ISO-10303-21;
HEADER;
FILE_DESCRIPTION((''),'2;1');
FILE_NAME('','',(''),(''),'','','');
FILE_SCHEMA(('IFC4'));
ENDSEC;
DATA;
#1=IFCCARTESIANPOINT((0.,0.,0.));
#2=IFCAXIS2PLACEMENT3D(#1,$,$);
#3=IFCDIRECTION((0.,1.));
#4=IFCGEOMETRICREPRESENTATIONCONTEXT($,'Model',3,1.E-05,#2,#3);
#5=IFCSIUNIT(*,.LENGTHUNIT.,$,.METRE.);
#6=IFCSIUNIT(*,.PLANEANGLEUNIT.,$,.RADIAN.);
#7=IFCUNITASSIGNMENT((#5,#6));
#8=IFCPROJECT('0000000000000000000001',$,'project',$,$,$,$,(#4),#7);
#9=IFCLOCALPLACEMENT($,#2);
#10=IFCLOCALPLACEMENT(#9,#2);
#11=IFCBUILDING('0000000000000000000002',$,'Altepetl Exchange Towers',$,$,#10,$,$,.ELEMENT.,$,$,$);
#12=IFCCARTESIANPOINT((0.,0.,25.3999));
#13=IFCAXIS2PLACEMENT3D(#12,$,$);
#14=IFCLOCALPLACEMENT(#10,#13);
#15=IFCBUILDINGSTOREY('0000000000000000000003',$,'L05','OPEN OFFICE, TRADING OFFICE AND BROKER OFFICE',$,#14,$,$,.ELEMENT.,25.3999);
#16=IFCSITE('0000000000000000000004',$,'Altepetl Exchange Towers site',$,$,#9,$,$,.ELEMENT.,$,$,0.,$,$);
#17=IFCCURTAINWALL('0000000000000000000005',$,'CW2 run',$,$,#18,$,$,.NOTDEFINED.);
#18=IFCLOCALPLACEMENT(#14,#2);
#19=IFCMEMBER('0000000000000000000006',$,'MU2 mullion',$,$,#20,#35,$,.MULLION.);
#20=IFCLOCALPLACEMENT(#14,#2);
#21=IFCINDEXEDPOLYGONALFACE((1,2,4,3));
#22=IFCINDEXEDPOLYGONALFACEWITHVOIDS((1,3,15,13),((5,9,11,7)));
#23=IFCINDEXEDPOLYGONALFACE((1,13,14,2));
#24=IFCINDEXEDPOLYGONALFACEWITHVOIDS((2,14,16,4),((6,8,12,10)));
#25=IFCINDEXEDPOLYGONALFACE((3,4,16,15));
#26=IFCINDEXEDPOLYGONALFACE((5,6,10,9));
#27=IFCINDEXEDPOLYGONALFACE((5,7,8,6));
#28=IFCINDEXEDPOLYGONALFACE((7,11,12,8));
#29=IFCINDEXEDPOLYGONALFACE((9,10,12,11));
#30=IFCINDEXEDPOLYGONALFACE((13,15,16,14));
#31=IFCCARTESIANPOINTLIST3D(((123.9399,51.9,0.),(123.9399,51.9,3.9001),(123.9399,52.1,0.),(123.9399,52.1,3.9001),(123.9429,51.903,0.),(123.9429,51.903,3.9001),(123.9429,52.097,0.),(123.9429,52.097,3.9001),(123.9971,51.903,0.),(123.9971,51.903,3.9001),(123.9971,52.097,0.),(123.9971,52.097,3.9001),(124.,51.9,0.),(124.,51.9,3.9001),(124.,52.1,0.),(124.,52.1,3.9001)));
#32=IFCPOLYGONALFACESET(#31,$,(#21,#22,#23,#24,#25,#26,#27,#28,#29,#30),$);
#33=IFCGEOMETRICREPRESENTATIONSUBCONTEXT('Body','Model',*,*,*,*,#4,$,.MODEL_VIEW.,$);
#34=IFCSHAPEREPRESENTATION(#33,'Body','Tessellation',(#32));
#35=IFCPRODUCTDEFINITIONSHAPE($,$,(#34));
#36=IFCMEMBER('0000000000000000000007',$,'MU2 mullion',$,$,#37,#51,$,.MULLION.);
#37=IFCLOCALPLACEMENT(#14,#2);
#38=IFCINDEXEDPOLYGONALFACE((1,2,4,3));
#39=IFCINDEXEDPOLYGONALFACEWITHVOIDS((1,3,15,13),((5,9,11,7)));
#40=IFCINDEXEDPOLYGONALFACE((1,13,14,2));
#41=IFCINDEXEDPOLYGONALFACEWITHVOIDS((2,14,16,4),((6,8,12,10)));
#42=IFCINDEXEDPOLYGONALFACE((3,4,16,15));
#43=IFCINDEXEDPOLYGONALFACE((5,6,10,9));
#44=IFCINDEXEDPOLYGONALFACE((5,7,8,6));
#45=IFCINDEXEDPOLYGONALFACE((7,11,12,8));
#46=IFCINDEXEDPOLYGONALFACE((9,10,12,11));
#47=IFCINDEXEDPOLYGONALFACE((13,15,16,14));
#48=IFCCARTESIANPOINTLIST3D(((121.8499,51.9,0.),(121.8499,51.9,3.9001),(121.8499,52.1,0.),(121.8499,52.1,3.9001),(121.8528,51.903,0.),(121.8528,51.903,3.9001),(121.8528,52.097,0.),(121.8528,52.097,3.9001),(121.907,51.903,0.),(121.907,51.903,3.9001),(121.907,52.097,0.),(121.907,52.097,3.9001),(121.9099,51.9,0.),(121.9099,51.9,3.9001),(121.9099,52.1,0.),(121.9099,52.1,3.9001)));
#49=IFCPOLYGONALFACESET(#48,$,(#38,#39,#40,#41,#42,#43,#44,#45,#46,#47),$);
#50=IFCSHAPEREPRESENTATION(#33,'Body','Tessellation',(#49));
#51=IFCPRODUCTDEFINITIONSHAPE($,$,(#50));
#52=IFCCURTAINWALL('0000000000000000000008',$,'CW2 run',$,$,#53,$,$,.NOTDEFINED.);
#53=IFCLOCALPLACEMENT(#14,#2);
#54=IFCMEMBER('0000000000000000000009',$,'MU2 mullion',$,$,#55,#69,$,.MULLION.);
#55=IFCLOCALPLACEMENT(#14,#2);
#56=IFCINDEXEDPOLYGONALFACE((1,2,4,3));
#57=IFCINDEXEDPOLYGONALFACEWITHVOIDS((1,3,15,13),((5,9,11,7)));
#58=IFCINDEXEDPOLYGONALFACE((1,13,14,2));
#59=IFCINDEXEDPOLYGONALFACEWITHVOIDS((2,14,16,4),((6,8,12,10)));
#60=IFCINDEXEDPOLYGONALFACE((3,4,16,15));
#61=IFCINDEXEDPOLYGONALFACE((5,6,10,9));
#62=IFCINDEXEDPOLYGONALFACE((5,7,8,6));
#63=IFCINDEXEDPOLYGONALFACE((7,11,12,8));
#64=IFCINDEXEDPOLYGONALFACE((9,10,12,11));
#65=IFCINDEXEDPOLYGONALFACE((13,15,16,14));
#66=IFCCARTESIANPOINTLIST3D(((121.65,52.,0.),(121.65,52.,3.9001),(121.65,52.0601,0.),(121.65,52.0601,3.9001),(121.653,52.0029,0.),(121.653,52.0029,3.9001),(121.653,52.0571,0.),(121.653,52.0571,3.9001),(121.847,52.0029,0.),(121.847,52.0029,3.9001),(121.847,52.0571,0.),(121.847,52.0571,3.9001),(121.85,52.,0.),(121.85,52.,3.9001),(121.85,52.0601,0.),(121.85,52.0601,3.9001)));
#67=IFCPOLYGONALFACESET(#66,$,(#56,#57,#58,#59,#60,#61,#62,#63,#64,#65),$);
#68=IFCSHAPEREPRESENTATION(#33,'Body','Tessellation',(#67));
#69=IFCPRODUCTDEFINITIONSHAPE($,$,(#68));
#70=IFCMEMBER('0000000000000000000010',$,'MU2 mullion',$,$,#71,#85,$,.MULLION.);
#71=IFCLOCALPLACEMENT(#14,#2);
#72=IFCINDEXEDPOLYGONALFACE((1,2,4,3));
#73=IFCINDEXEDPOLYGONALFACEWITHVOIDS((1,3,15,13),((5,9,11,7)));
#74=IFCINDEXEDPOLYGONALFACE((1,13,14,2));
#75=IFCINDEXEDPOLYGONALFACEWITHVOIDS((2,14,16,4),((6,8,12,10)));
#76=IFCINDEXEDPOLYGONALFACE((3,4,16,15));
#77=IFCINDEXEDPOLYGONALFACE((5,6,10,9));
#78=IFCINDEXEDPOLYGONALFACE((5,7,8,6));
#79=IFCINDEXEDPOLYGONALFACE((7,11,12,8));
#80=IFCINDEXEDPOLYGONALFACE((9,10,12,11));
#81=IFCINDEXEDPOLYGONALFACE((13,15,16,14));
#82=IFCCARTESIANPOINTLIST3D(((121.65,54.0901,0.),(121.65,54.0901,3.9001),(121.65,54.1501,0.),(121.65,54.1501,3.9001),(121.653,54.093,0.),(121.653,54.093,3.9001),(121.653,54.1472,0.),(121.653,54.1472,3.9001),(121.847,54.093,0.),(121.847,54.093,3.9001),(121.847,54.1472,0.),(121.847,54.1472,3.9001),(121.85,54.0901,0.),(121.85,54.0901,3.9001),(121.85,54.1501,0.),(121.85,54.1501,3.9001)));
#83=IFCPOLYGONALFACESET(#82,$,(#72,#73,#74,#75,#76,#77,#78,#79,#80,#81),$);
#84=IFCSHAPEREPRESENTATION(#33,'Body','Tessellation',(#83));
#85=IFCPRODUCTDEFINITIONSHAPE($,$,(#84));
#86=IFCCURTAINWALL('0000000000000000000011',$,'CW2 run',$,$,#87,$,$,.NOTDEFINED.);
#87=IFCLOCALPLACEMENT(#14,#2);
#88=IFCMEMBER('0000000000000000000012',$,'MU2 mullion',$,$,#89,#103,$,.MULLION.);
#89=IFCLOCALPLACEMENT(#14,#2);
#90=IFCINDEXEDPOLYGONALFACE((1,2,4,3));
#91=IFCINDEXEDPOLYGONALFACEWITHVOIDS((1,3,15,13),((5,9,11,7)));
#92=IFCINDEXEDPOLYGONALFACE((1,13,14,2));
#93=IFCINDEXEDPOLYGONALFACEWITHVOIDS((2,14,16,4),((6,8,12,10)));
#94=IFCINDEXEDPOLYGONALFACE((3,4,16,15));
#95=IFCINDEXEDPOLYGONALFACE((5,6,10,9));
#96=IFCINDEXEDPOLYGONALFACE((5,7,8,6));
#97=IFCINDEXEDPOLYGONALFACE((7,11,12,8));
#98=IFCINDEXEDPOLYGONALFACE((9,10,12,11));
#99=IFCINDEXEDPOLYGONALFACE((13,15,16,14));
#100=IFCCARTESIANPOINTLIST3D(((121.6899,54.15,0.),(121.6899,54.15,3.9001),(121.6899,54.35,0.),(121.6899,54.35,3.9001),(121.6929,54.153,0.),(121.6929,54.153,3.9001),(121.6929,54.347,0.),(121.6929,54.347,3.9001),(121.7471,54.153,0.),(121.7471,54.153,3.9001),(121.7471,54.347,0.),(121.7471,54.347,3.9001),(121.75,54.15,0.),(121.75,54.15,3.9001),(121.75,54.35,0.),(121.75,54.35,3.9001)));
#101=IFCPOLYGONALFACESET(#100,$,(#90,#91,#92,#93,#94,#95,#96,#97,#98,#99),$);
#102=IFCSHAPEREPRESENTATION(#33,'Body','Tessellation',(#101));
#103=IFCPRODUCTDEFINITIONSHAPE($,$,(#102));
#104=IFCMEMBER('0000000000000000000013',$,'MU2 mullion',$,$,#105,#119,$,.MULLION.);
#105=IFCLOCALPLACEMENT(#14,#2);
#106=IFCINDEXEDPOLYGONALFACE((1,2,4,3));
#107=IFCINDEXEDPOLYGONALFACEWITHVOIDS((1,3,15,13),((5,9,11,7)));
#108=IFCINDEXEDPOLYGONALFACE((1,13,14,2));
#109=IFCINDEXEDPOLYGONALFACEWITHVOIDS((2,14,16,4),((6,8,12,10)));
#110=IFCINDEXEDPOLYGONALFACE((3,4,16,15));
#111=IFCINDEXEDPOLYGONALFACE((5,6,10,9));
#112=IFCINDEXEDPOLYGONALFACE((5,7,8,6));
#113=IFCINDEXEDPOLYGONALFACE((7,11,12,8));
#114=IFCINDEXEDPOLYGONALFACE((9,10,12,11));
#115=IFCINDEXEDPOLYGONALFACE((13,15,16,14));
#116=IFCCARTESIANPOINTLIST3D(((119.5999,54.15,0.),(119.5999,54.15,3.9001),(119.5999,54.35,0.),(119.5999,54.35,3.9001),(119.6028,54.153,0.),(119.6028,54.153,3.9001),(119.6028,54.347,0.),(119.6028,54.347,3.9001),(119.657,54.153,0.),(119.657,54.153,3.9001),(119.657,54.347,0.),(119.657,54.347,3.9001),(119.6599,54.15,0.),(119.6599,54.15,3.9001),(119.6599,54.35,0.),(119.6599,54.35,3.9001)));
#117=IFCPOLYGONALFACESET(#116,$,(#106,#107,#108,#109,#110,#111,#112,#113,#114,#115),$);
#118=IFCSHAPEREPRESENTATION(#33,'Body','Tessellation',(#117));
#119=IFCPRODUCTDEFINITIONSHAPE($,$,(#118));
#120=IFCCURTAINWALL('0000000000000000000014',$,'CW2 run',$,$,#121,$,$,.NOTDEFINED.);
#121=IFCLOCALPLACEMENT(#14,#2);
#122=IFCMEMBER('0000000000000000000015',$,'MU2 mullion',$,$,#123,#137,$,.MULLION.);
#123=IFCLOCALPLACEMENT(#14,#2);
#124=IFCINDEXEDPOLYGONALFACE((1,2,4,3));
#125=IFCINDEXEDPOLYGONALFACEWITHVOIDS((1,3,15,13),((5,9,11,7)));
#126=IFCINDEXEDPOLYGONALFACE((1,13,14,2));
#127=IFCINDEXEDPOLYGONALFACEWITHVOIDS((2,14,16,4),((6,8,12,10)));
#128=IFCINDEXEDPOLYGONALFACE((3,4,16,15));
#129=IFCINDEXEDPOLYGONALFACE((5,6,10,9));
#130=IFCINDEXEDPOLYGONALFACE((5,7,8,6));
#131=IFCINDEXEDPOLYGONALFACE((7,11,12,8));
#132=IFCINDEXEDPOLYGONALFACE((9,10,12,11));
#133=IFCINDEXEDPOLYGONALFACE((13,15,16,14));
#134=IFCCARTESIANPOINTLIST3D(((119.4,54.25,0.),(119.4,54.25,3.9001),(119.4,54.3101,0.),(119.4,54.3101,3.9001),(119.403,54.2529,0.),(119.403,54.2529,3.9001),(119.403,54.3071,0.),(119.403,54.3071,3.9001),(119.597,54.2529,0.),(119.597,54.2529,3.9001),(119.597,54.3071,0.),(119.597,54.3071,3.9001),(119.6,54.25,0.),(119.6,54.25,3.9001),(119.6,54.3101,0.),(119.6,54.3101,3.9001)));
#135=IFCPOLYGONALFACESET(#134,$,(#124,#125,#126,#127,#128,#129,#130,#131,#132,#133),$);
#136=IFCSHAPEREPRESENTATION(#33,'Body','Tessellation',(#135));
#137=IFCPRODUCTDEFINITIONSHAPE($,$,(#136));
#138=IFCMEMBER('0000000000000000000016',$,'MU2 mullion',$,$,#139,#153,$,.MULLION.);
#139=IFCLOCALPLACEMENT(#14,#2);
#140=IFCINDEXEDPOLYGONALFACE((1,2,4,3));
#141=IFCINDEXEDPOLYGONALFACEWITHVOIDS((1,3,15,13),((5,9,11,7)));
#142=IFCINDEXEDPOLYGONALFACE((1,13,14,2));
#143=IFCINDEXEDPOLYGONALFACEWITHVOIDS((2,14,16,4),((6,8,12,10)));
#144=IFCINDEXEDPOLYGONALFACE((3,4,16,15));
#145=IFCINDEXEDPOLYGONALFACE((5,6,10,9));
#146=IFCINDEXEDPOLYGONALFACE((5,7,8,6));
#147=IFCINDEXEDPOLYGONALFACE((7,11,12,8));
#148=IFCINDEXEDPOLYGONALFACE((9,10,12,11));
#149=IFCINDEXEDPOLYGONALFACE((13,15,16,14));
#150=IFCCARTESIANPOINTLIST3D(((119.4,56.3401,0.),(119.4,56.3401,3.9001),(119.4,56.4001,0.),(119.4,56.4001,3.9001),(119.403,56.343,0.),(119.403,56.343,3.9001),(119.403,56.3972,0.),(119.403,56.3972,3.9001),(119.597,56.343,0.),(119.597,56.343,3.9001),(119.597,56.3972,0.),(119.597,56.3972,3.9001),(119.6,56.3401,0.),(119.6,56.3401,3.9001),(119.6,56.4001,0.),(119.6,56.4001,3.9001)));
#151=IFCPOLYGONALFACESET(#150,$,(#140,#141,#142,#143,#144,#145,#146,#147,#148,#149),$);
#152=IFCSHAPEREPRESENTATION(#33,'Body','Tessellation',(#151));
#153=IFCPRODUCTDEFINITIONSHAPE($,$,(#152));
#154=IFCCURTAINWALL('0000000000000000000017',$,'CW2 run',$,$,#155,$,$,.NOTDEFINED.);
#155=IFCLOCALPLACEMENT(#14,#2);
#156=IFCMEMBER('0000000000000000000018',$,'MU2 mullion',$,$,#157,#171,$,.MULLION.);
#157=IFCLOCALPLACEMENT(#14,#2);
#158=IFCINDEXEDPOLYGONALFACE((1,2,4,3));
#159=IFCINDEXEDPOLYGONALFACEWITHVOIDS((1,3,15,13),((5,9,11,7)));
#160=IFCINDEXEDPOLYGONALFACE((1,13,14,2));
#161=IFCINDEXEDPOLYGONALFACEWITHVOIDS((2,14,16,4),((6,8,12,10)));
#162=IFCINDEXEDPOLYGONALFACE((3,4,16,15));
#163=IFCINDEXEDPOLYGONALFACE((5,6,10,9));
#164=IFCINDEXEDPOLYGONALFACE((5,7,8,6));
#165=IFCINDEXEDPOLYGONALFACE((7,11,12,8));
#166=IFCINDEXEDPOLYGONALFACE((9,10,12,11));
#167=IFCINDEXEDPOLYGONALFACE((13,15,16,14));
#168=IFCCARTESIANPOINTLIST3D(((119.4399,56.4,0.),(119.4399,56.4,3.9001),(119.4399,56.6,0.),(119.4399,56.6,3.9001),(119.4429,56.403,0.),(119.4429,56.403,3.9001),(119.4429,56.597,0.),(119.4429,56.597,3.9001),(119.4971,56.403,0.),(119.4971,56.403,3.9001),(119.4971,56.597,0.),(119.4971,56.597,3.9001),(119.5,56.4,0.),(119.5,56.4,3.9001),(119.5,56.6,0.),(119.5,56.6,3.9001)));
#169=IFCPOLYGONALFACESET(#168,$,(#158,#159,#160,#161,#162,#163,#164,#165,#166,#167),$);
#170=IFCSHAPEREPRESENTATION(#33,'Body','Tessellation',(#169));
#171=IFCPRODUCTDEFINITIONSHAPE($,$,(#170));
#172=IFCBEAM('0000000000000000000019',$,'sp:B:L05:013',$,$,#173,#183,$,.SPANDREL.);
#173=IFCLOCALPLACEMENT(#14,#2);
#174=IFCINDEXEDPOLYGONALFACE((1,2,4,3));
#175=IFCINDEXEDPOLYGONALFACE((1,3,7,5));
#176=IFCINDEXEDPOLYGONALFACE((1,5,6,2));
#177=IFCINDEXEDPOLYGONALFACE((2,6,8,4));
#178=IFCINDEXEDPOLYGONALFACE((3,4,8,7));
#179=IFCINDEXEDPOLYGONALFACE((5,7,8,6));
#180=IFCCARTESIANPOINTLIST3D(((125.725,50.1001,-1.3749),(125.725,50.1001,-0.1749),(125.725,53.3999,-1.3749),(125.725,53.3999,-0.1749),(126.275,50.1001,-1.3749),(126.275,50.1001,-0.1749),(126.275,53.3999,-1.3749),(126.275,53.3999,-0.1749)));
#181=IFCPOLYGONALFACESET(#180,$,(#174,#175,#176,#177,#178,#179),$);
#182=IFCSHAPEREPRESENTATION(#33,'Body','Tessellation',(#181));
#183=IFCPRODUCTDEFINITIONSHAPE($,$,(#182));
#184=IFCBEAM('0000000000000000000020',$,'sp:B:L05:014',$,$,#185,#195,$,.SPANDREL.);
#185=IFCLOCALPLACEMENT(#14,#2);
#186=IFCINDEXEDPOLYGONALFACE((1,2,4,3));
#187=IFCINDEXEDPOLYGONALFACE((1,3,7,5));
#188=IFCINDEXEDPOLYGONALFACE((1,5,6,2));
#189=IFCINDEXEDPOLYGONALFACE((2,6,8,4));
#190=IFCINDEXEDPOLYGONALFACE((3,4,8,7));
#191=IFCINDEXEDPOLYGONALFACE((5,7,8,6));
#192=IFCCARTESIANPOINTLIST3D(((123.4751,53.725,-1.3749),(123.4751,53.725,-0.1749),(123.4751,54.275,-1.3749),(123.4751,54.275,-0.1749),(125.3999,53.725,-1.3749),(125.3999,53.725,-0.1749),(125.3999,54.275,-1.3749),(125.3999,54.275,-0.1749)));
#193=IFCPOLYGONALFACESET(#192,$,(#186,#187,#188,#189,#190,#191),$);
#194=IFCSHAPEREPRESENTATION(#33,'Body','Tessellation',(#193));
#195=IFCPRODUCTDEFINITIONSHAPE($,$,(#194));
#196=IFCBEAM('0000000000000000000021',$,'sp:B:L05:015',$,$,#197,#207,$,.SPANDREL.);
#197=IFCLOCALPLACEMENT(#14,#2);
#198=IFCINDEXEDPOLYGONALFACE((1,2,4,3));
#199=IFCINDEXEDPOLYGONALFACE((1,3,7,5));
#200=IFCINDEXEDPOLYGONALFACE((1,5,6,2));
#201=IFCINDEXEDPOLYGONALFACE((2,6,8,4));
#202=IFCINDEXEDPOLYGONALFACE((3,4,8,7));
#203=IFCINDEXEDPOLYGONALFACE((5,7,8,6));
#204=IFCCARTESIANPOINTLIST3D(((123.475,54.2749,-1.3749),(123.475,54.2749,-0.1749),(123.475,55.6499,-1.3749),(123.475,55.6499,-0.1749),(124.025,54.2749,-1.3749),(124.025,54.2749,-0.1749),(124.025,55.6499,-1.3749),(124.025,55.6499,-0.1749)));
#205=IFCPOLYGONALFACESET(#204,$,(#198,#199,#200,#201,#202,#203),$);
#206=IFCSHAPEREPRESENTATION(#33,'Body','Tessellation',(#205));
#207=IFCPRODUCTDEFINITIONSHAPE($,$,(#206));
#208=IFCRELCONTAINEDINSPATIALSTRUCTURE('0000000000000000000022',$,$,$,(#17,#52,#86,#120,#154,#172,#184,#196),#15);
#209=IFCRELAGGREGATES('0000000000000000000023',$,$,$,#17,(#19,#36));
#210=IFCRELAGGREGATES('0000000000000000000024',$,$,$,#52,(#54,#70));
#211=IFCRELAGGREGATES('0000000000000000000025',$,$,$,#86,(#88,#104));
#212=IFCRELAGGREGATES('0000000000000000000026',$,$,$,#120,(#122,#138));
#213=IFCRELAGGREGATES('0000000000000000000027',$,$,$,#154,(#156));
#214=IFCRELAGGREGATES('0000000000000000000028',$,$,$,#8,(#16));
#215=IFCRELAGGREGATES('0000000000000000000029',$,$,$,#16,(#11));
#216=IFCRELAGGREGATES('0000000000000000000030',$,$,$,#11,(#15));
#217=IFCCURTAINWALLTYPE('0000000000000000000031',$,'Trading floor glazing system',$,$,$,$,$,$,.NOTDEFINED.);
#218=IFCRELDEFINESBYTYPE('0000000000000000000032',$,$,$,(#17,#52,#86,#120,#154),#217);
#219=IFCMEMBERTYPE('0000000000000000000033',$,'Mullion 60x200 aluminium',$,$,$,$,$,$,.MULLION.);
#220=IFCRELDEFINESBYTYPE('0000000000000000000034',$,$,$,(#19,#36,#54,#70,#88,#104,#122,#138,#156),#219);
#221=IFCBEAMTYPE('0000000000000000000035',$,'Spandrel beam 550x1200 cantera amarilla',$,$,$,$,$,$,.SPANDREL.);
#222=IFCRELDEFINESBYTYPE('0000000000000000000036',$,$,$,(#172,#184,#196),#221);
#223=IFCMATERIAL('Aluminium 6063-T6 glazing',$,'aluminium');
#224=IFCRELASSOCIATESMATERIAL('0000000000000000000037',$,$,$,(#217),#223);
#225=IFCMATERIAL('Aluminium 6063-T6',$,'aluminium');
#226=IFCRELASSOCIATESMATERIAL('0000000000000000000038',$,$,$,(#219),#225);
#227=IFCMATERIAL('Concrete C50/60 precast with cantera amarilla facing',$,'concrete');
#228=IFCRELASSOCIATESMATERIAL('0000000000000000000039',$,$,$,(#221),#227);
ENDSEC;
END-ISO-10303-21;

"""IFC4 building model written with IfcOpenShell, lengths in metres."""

from ifc_helpers import new_model, si_unit, direction, frame, origin, origin_2d, place, context, subcontext, project, spatial, rectangle, hollow_rectangle, extrude, material, material_profile, profile_set, type_object, element, aggregate, save


model = new_model("IFC4")

# Units and contexts
model_context = context("Model", 3, precision=1e-05, world=origin(), true_north=direction((0.0, 1.0)))
body_context = subcontext(model_context, "Body", "Model", "MODEL_VIEW")
ifc_project = project(units=[si_unit("LENGTHUNIT", "METRE"), si_unit("PLANEANGLEUNIT", "RADIAN")], contexts=[model_context])

# Site, building, storey
site_placement = place(None, origin())
site = spatial("IfcSite", under=ifc_project, at=site_placement, Name="Altepetl Exchange Towers site", CompositionType="ELEMENT", RefElevation=0.0)
building_placement = place(site_placement, origin())
building = spatial("IfcBuilding", under=site, at=building_placement, Name="Altepetl Exchange Towers", CompositionType="ELEMENT")
storey_placement = place(building_placement, frame((0.0, 0.0, 25.3999)))
storey = spatial("IfcBuildingStorey", under=building, at=storey_placement, Name="L05", Description="OPEN OFFICE, TRADING OFFICE AND BROKER OFFICE", CompositionType="ELEMENT", Elevation=25.3999)

# Curtain walls, members
ifc_material_1 = material(Name="Aluminium 6063-T6 glazing", Category="aluminium")
curtain_wall_type = type_object("IfcCurtainWallType", Name="Trading floor glazing system", PredefinedType="NOTDEFINED", material=ifc_material_1)
ifc_material_2 = material(Name="Aluminium 6063-T6", Category="aluminium")
ifc_material_profile_1 = material_profile(ifc_material_2, hollow_rectangle(XDim=0.0601, YDim=0.2, WallThickness=0.0029, at=origin_2d()), Name="Mullion 60x200 aluminium")
ifc_profile_set_1 = profile_set([ifc_material_profile_1], Name="Aluminium 6063-T6")
member_type = type_object("IfcMemberType", Name="Mullion 60x200 aluminium", PredefinedType="MULLION", material=ifc_profile_set_1)
curtain_wall_1_placement = place(storey_placement, origin())
curtain_wall_1 = element("IfcCurtainWall", 1, at=curtain_wall_1_placement, inside=storey, type_object=curtain_wall_type, Name="CW2 run", PredefinedType="NOTDEFINED")
member_1_placement = place(storey_placement, frame((123.97, 52.0, 0.0), z_axis=(0.0, 0.0, 1.0), x_axis=(-1.0, 0.0, 0.0)))
member_1 = element("IfcMember", 2, at=member_1_placement, type_object=member_type, Name="MU2 mullion", PredefinedType="MULLION", context=body_context, shape_type="SweptSolid", body=[
    extrude(hollow_rectangle(XDim=0.0601, YDim=0.2, WallThickness=0.0029, at=origin_2d()), origin(), (0.0, 0.0, 1.0), 3.9001),
])
member_2_placement = place(storey_placement, frame((121.8799, 52.0, 0.0), z_axis=(0.0, 0.0, 1.0), x_axis=(-1.0, 0.0, 0.0)))
member_2 = element("IfcMember", 3, at=member_2_placement, type_object=member_type, Name="MU2 mullion", PredefinedType="MULLION", context=body_context, shape_type="SweptSolid", body=[
    extrude(hollow_rectangle(XDim=0.0601, YDim=0.2, WallThickness=0.0029, at=origin_2d()), origin(), (0.0, 0.0, 1.0), 3.9001),
])
curtain_wall_2_placement = place(storey_placement, origin())
curtain_wall_2 = element("IfcCurtainWall", 4, at=curtain_wall_2_placement, inside=storey, type_object=curtain_wall_type, Name="CW2 run", PredefinedType="NOTDEFINED")
member_3_placement = place(storey_placement, frame((121.75, 52.03, 0.0), z_axis=(0.0, 0.0, 1.0), x_axis=(0.0, 1.0, 0.0)))
member_3 = element("IfcMember", 5, at=member_3_placement, type_object=member_type, Name="MU2 mullion", PredefinedType="MULLION", context=body_context, shape_type="SweptSolid", body=[
    extrude(hollow_rectangle(XDim=0.0601, YDim=0.2, WallThickness=0.0029, at=origin_2d()), origin(), (0.0, 0.0, 1.0), 3.9001),
])
member_4_placement = place(storey_placement, frame((121.75, 54.1201, 0.0), z_axis=(0.0, 0.0, 1.0), x_axis=(0.0, 1.0, 0.0)))
member_4 = element("IfcMember", 6, at=member_4_placement, type_object=member_type, Name="MU2 mullion", PredefinedType="MULLION", context=body_context, shape_type="SweptSolid", body=[
    extrude(hollow_rectangle(XDim=0.0601, YDim=0.2, WallThickness=0.0029, at=origin_2d()), origin(), (0.0, 0.0, 1.0), 3.9001),
])
curtain_wall_3_placement = place(storey_placement, origin())
curtain_wall_3 = element("IfcCurtainWall", 7, at=curtain_wall_3_placement, inside=storey, type_object=curtain_wall_type, Name="CW2 run", PredefinedType="NOTDEFINED")
member_5_placement = place(storey_placement, frame((121.72, 54.25, 0.0), z_axis=(0.0, 0.0, 1.0), x_axis=(-1.0, 0.0, 0.0)))
member_5 = element("IfcMember", 8, at=member_5_placement, type_object=member_type, Name="MU2 mullion", PredefinedType="MULLION", context=body_context, shape_type="SweptSolid", body=[
    extrude(hollow_rectangle(XDim=0.0601, YDim=0.2, WallThickness=0.0029, at=origin_2d()), origin(), (0.0, 0.0, 1.0), 3.9001),
])
member_6_placement = place(storey_placement, frame((119.6299, 54.25, 0.0), z_axis=(0.0, 0.0, 1.0), x_axis=(-1.0, 0.0, 0.0)))
member_6 = element("IfcMember", 9, at=member_6_placement, type_object=member_type, Name="MU2 mullion", PredefinedType="MULLION", context=body_context, shape_type="SweptSolid", body=[
    extrude(hollow_rectangle(XDim=0.0601, YDim=0.2, WallThickness=0.0029, at=origin_2d()), origin(), (0.0, 0.0, 1.0), 3.9001),
])
curtain_wall_4_placement = place(storey_placement, origin())
curtain_wall_4 = element("IfcCurtainWall", 10, at=curtain_wall_4_placement, inside=storey, type_object=curtain_wall_type, Name="CW2 run", PredefinedType="NOTDEFINED")
member_7_placement = place(storey_placement, frame((119.5, 54.28, 0.0), z_axis=(0.0, 0.0, 1.0), x_axis=(0.0, 1.0, 0.0)))
member_7 = element("IfcMember", 11, at=member_7_placement, type_object=member_type, Name="MU2 mullion", PredefinedType="MULLION", context=body_context, shape_type="SweptSolid", body=[
    extrude(hollow_rectangle(XDim=0.0601, YDim=0.2, WallThickness=0.0029, at=origin_2d()), origin(), (0.0, 0.0, 1.0), 3.9001),
])
member_8_placement = place(storey_placement, frame((119.5, 56.3701, 0.0), z_axis=(0.0, 0.0, 1.0), x_axis=(0.0, 1.0, 0.0)))
member_8 = element("IfcMember", 12, at=member_8_placement, type_object=member_type, Name="MU2 mullion", PredefinedType="MULLION", context=body_context, shape_type="SweptSolid", body=[
    extrude(hollow_rectangle(XDim=0.0601, YDim=0.2, WallThickness=0.0029, at=origin_2d()), origin(), (0.0, 0.0, 1.0), 3.9001),
])

# Curtain wall, member
curtain_wall_5_placement = place(storey_placement, origin())
curtain_wall_5 = element("IfcCurtainWall", 13, at=curtain_wall_5_placement, inside=storey, type_object=curtain_wall_type, Name="CW2 run", PredefinedType="NOTDEFINED")
member_9_placement = place(storey_placement, frame((119.47, 56.5, 0.0), z_axis=(0.0, 0.0, 1.0), x_axis=(-1.0, 0.0, 0.0)))
member_9 = element("IfcMember", 14, at=member_9_placement, type_object=member_type, Name="MU2 mullion", PredefinedType="MULLION", context=body_context, shape_type="SweptSolid", body=[
    extrude(hollow_rectangle(XDim=0.0601, YDim=0.2, WallThickness=0.0029, at=origin_2d()), origin(), (0.0, 0.0, 1.0), 3.9001),
])

# Beams
ifc_material_3 = material(Name="Concrete C50/60 precast with cantera amarilla facing", Category="concrete")
ifc_material_profile_2 = material_profile(ifc_material_3, rectangle(XDim=0.55, YDim=1.2, at=origin_2d()), Name="550 x 1200")
ifc_profile_set_2 = profile_set([ifc_material_profile_2], Name="Concrete C50/60 precast with cantera amarilla facing")
beam_type_1 = type_object("IfcBeamType", Name="Spandrel beam 550x1200 cantera amarilla", PredefinedType="SPANDREL", material=ifc_profile_set_2)
beam_1_placement = place(storey_placement, frame((126.0, 50.1001, -0.7749), z_axis=(0.0, 1.0, 0.0), x_axis=(-1.0, 0.0, 0.0)))
element("IfcBeam", 15, at=beam_1_placement, inside=storey, type_object=beam_type_1, Name="sp:B:L05:013", PredefinedType="SPANDREL", context=body_context, shape_type="SweptSolid", body=[
    extrude(rectangle(XDim=0.55, YDim=1.2, at=origin_2d()), origin(), (0.0, 0.0, 1.0), 3.2998),
])
beam_2_placement = place(storey_placement, frame((125.3999, 54.0, -0.7749), z_axis=(-1.0, 0.0, 0.0), x_axis=(0.0, -1.0, 0.0)))
element("IfcBeam", 16, at=beam_2_placement, inside=storey, type_object=beam_type_1, Name="sp:B:L05:014", PredefinedType="SPANDREL", context=body_context, shape_type="SweptSolid", body=[
    extrude(rectangle(XDim=0.55, YDim=1.2, at=origin_2d()), origin(), (0.0, 0.0, 1.0), 1.9248),
])
beam_3_placement = place(storey_placement, frame((123.75, 54.2749, -0.7749), z_axis=(0.0, 1.0, 0.0), x_axis=(-1.0, 0.0, 0.0)))
element("IfcBeam", 17, at=beam_3_placement, inside=storey, type_object=beam_type_1, Name="sp:B:L05:015", PredefinedType="SPANDREL", context=body_context, shape_type="SweptSolid", body=[
    extrude(rectangle(XDim=0.55, YDim=1.2, at=origin_2d()), origin(), (0.0, 0.0, 1.0), 1.375),
])

aggregate(curtain_wall_1, [member_1, member_2])
aggregate(curtain_wall_2, [member_3, member_4])
aggregate(curtain_wall_3, [member_5, member_6])
aggregate(curtain_wall_4, [member_7, member_8])
aggregate(curtain_wall_5, [member_9])

save(model, "model.ifc")
